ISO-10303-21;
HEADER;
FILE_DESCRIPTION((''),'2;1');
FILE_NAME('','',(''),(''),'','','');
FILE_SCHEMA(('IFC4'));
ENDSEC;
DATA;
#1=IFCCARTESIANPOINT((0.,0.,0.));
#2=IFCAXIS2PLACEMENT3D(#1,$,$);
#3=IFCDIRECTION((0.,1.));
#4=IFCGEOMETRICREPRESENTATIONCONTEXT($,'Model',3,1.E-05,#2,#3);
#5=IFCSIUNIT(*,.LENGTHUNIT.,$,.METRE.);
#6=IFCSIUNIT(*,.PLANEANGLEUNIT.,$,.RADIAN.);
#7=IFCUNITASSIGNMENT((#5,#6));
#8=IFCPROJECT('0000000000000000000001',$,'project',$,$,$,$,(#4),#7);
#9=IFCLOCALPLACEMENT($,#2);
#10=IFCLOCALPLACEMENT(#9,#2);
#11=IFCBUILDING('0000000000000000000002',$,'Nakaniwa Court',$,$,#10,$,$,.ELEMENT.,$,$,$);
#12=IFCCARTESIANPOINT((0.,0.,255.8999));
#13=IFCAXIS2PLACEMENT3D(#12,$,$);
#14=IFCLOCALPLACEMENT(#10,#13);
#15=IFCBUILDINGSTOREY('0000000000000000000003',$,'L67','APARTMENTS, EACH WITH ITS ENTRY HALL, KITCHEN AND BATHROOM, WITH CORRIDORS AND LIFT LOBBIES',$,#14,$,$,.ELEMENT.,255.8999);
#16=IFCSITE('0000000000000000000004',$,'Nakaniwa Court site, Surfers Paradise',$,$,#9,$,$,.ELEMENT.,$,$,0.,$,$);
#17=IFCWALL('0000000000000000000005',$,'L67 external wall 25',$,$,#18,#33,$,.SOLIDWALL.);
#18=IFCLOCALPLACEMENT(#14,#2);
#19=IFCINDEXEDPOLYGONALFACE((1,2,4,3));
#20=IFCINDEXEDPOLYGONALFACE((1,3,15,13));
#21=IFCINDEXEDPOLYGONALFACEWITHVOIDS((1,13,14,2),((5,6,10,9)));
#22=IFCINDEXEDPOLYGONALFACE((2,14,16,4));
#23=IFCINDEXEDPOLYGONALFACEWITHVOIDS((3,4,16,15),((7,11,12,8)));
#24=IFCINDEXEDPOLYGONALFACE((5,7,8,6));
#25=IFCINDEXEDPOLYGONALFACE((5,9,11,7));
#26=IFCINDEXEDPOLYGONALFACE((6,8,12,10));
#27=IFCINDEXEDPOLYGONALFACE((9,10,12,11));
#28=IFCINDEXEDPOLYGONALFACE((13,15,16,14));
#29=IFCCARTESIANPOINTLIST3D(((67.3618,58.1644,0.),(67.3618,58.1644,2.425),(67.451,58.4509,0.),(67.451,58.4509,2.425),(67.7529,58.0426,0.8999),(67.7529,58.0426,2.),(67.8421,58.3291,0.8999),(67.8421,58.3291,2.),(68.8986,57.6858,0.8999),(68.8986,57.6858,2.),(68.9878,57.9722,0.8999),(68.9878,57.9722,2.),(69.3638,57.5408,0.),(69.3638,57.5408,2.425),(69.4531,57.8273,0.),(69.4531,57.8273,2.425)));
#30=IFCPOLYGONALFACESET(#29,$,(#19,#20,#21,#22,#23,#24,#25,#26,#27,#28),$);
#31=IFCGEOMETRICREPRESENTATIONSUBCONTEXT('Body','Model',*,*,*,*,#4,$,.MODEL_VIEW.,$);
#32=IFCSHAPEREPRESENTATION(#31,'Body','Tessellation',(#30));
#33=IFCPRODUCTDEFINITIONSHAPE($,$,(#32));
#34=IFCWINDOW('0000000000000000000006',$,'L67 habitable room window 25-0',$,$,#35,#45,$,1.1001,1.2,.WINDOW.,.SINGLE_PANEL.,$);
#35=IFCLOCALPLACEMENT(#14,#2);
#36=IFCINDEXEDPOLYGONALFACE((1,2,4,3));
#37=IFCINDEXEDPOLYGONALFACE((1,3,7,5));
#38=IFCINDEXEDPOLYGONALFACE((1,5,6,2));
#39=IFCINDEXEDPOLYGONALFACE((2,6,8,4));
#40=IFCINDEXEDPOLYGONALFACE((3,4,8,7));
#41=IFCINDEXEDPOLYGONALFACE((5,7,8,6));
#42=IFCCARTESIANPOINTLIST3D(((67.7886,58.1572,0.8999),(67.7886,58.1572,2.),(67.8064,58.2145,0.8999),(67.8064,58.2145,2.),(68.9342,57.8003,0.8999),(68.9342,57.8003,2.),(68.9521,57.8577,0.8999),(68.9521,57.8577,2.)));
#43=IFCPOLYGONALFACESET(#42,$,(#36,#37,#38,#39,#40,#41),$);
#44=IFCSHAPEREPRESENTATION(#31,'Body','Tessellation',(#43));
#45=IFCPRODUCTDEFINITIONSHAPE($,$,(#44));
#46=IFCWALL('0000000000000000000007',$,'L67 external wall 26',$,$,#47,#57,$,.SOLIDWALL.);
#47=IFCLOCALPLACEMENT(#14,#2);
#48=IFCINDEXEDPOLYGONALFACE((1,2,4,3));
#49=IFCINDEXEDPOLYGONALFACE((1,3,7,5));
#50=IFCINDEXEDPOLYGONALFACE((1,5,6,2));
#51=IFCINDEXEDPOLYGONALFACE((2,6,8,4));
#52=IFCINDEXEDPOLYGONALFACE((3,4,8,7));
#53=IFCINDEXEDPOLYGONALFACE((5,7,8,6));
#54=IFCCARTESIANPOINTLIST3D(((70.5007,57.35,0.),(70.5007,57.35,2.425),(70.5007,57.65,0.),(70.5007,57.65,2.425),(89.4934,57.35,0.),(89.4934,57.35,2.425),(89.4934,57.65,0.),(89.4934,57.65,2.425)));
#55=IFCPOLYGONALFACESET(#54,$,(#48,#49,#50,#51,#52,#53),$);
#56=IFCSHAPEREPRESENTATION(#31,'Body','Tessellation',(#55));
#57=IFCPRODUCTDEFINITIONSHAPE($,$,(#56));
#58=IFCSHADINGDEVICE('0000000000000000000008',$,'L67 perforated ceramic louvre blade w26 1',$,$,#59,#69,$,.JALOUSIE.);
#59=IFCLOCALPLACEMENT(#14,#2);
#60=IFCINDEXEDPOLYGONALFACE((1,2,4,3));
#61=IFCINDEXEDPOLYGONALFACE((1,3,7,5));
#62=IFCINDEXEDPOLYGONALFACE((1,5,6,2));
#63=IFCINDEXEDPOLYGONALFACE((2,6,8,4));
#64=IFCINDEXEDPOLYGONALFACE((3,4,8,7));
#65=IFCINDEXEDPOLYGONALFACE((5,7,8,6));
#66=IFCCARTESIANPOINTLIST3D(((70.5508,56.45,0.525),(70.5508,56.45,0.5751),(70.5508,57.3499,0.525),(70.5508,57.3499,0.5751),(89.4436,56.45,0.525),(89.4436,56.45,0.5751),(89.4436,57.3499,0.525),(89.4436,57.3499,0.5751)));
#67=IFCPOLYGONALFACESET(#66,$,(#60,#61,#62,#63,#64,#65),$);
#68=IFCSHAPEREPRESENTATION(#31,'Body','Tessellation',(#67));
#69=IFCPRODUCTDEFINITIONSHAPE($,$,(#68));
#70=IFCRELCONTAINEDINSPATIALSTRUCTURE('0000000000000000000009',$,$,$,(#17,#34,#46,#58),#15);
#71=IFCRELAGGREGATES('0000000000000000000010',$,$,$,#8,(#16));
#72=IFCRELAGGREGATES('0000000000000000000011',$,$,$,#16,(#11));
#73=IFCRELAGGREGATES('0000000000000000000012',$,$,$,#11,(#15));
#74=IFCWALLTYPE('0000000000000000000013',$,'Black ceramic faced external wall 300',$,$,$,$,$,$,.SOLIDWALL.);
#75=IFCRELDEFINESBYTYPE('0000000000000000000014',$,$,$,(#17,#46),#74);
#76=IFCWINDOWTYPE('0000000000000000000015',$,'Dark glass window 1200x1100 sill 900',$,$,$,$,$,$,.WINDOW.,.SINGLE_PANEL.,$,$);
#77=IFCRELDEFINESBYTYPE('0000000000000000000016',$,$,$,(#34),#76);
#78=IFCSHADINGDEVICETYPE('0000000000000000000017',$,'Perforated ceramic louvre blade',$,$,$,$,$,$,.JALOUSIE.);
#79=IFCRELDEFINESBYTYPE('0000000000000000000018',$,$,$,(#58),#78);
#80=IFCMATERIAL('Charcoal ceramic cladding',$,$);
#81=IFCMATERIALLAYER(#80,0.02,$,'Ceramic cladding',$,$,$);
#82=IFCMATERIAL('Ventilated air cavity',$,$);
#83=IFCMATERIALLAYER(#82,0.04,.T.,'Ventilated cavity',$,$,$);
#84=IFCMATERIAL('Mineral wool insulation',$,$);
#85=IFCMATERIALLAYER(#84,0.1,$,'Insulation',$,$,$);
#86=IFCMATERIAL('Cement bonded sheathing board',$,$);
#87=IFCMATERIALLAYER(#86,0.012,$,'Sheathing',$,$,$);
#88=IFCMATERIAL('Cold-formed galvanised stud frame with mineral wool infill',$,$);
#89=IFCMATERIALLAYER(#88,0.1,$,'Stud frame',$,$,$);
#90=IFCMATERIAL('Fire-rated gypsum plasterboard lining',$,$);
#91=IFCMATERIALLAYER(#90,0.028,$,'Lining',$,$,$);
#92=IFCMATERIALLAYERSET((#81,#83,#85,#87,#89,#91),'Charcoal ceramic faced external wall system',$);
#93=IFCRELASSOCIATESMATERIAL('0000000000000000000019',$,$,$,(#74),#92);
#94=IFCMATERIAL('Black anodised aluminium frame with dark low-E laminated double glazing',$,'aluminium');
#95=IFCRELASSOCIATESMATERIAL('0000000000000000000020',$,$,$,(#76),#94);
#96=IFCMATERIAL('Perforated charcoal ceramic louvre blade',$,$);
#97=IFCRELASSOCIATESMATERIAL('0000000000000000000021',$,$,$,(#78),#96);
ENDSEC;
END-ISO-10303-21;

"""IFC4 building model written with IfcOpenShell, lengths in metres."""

from ifc_helpers import new_model, si_unit, direction, frame, frame_2d, origin, origin_2d, place, context, subcontext, project, spatial, rectangle, extrude, material, layer, layer_set, material_profile, profile_set, type_object, element, fill, save


model = new_model("IFC4")

# Units and contexts
model_context = context("Model", 3, precision=1e-05, world=origin(), true_north=direction((0.0, 1.0)))
body_context = subcontext(model_context, "Body", "Model", "MODEL_VIEW")
ifc_project = project(units=[si_unit("LENGTHUNIT", "METRE"), si_unit("PLANEANGLEUNIT", "RADIAN")], contexts=[model_context])

# Site, building, storey
site_placement = place(None, origin())
site = spatial("IfcSite", under=ifc_project, at=site_placement, Name="Nakaniwa Court site, Surfers Paradise", CompositionType="ELEMENT", RefElevation=0.0)
building_placement = place(site_placement, origin())
building = spatial("IfcBuilding", under=site, at=building_placement, Name="Nakaniwa Court", CompositionType="ELEMENT")
storey_placement = place(building_placement, frame((0.0, 0.0, 255.8999)))
storey = spatial("IfcBuildingStorey", under=building, at=storey_placement, Name="L67", Description="APARTMENTS, EACH WITH ITS ENTRY HALL, KITCHEN AND BATHROOM, WITH CORRIDORS AND LIFT LOBBIES", CompositionType="ELEMENT", Elevation=255.8999)

# Wall, opening, window
ifc_material_1 = material(Name="Charcoal ceramic cladding")
ifc_layer_1 = layer(ifc_material_1, 0.02, Name="Ceramic cladding")
ifc_material_2 = material(Name="Ventilated air cavity")
ifc_layer_2 = layer(ifc_material_2, 0.04, ventilated=True, Name="Ventilated cavity")
ifc_material_3 = material(Name="Mineral wool insulation")
ifc_layer_3 = layer(ifc_material_3, 0.1, Name="Insulation")
ifc_material_4 = material(Name="Cement bonded sheathing board")
ifc_layer_4 = layer(ifc_material_4, 0.012, Name="Sheathing")
ifc_material_5 = material(Name="Cold-formed galvanised stud frame with mineral wool infill")
ifc_layer_5 = layer(ifc_material_5, 0.1, Name="Stud frame")
ifc_material_6 = material(Name="Fire-rated gypsum plasterboard lining")
ifc_layer_6 = layer(ifc_material_6, 0.028, Name="Lining")
ifc_layer_set_1 = layer_set([ifc_layer_1, ifc_layer_2, ifc_layer_3, ifc_layer_4, ifc_layer_5, ifc_layer_6], Name="Charcoal ceramic faced external wall system")
wall_type_1 = type_object("IfcWallType", Name="Black ceramic faced external wall 300", PredefinedType="SOLIDWALL", material=ifc_layer_set_1)
ifc_material_7 = material(Name="Black anodised aluminium frame with dark low-E laminated double glazing", Category="aluminium")
window_type_1 = type_object("IfcWindowType", Name="Dark glass window 1200x1100 sill 900", PartitioningType="SINGLE_PANEL", PredefinedType="WINDOW", material=ifc_material_7)
wall_1_placement = place(storey_placement, frame((67.4065, 58.3076, 0.0), z_axis=(0.0, 0.0, 1.0), x_axis=(0.954761, -0.297373, 0.0)))
wall_1 = element("IfcWall", 1, at=wall_1_placement, inside=storey, type_object=wall_type_1, Name="L67 external wall 25", PredefinedType="SOLIDWALL", context=body_context, shape_type="SweptSolid", body=[
    extrude(rectangle(XDim=2.0969, YDim=0.3, at=frame_2d((1.0483, 0.0))), origin(), (0.0, 0.0, 1.0), 2.425),
])
opening_1_placement = place(wall_1_placement, frame((0.4094, 0.0, 0.8999)))
opening_1 = element("IfcOpeningElement", 2, at=opening_1_placement, cuts=wall_1, PredefinedType="OPENING", context=body_context, shape_type="SweptSolid", body=[
    extrude(rectangle(XDim=1.2, YDim=1.1001, at=frame_2d((0.6001, 0.55))), frame((0.0, 0.1599, 0.0), z_axis=(0.0, -1.0, 0.0), x_axis=(1.0, 0.0, 0.0)), (0.0, 0.0, 1.0), 0.3201),
])
window_1_placement = place(opening_1_placement, origin())
window_1 = element("IfcWindow", 3, at=window_1_placement, inside=storey, type_object=window_type_1, Name="L67 habitable room window 25-0", OverallHeight=1.1001, OverallWidth=1.2, PartitioningType="SINGLE_PANEL", PredefinedType="WINDOW", context=body_context, shape_type="SweptSolid", body=[
    extrude(rectangle(XDim=1.2, YDim=1.1001, at=frame_2d((0.6001, 0.55))), frame((0.0, 0.03, 0.0), z_axis=(0.0, -1.0, 0.0), x_axis=(1.0, 0.0, 0.0)), (0.0, 0.0, 1.0), 0.0601),
])
fill(opening_1, window_1)

# Wall
wall_2_placement = place(storey_placement, frame((70.5007, 57.5, 0.0), z_axis=(0.0, 0.0, 1.0), x_axis=(1.0, 0.0, 0.0)))
element("IfcWall", 4, at=wall_2_placement, inside=storey, type_object=wall_type_1, Name="L67 external wall 26", PredefinedType="SOLIDWALL", context=body_context, shape_type="SweptSolid", body=[
    extrude(rectangle(XDim=18.9927, YDim=0.3, at=frame_2d((9.4963, 0.0))), origin(), (0.0, 0.0, 1.0), 2.425),
])

# Shading device
ifc_material_8 = material(Name="Perforated charcoal ceramic louvre blade")
ifc_material_profile_1 = material_profile(ifc_material_8, rectangle(XDim=0.8999, YDim=0.05, at=origin_2d()), Name="Perforated ceramic louvre blade")
ifc_profile_set_1 = profile_set([ifc_material_profile_1], Name="Perforated charcoal ceramic louvre blade")
shading_device_type = type_object("IfcShadingDeviceType", Name="Perforated ceramic louvre blade", PredefinedType="JALOUSIE", material=ifc_profile_set_1)
shading_device_placement = place(storey_placement, frame((70.5508, 56.8999, 0.55), z_axis=(1.0, 0.0, 0.0), x_axis=(0.0, 1.0, 0.0)))
element("IfcShadingDevice", 5, at=shading_device_placement, inside=storey, type_object=shading_device_type, Name="L67 perforated ceramic louvre blade w26 1", PredefinedType="JALOUSIE", context=body_context, shape_type="SweptSolid", body=[
    extrude(rectangle(XDim=0.8999, YDim=0.05, at=origin_2d()), origin(), (0.0, 0.0, 1.0), 18.8928),
])

save(model, "model.ifc")
